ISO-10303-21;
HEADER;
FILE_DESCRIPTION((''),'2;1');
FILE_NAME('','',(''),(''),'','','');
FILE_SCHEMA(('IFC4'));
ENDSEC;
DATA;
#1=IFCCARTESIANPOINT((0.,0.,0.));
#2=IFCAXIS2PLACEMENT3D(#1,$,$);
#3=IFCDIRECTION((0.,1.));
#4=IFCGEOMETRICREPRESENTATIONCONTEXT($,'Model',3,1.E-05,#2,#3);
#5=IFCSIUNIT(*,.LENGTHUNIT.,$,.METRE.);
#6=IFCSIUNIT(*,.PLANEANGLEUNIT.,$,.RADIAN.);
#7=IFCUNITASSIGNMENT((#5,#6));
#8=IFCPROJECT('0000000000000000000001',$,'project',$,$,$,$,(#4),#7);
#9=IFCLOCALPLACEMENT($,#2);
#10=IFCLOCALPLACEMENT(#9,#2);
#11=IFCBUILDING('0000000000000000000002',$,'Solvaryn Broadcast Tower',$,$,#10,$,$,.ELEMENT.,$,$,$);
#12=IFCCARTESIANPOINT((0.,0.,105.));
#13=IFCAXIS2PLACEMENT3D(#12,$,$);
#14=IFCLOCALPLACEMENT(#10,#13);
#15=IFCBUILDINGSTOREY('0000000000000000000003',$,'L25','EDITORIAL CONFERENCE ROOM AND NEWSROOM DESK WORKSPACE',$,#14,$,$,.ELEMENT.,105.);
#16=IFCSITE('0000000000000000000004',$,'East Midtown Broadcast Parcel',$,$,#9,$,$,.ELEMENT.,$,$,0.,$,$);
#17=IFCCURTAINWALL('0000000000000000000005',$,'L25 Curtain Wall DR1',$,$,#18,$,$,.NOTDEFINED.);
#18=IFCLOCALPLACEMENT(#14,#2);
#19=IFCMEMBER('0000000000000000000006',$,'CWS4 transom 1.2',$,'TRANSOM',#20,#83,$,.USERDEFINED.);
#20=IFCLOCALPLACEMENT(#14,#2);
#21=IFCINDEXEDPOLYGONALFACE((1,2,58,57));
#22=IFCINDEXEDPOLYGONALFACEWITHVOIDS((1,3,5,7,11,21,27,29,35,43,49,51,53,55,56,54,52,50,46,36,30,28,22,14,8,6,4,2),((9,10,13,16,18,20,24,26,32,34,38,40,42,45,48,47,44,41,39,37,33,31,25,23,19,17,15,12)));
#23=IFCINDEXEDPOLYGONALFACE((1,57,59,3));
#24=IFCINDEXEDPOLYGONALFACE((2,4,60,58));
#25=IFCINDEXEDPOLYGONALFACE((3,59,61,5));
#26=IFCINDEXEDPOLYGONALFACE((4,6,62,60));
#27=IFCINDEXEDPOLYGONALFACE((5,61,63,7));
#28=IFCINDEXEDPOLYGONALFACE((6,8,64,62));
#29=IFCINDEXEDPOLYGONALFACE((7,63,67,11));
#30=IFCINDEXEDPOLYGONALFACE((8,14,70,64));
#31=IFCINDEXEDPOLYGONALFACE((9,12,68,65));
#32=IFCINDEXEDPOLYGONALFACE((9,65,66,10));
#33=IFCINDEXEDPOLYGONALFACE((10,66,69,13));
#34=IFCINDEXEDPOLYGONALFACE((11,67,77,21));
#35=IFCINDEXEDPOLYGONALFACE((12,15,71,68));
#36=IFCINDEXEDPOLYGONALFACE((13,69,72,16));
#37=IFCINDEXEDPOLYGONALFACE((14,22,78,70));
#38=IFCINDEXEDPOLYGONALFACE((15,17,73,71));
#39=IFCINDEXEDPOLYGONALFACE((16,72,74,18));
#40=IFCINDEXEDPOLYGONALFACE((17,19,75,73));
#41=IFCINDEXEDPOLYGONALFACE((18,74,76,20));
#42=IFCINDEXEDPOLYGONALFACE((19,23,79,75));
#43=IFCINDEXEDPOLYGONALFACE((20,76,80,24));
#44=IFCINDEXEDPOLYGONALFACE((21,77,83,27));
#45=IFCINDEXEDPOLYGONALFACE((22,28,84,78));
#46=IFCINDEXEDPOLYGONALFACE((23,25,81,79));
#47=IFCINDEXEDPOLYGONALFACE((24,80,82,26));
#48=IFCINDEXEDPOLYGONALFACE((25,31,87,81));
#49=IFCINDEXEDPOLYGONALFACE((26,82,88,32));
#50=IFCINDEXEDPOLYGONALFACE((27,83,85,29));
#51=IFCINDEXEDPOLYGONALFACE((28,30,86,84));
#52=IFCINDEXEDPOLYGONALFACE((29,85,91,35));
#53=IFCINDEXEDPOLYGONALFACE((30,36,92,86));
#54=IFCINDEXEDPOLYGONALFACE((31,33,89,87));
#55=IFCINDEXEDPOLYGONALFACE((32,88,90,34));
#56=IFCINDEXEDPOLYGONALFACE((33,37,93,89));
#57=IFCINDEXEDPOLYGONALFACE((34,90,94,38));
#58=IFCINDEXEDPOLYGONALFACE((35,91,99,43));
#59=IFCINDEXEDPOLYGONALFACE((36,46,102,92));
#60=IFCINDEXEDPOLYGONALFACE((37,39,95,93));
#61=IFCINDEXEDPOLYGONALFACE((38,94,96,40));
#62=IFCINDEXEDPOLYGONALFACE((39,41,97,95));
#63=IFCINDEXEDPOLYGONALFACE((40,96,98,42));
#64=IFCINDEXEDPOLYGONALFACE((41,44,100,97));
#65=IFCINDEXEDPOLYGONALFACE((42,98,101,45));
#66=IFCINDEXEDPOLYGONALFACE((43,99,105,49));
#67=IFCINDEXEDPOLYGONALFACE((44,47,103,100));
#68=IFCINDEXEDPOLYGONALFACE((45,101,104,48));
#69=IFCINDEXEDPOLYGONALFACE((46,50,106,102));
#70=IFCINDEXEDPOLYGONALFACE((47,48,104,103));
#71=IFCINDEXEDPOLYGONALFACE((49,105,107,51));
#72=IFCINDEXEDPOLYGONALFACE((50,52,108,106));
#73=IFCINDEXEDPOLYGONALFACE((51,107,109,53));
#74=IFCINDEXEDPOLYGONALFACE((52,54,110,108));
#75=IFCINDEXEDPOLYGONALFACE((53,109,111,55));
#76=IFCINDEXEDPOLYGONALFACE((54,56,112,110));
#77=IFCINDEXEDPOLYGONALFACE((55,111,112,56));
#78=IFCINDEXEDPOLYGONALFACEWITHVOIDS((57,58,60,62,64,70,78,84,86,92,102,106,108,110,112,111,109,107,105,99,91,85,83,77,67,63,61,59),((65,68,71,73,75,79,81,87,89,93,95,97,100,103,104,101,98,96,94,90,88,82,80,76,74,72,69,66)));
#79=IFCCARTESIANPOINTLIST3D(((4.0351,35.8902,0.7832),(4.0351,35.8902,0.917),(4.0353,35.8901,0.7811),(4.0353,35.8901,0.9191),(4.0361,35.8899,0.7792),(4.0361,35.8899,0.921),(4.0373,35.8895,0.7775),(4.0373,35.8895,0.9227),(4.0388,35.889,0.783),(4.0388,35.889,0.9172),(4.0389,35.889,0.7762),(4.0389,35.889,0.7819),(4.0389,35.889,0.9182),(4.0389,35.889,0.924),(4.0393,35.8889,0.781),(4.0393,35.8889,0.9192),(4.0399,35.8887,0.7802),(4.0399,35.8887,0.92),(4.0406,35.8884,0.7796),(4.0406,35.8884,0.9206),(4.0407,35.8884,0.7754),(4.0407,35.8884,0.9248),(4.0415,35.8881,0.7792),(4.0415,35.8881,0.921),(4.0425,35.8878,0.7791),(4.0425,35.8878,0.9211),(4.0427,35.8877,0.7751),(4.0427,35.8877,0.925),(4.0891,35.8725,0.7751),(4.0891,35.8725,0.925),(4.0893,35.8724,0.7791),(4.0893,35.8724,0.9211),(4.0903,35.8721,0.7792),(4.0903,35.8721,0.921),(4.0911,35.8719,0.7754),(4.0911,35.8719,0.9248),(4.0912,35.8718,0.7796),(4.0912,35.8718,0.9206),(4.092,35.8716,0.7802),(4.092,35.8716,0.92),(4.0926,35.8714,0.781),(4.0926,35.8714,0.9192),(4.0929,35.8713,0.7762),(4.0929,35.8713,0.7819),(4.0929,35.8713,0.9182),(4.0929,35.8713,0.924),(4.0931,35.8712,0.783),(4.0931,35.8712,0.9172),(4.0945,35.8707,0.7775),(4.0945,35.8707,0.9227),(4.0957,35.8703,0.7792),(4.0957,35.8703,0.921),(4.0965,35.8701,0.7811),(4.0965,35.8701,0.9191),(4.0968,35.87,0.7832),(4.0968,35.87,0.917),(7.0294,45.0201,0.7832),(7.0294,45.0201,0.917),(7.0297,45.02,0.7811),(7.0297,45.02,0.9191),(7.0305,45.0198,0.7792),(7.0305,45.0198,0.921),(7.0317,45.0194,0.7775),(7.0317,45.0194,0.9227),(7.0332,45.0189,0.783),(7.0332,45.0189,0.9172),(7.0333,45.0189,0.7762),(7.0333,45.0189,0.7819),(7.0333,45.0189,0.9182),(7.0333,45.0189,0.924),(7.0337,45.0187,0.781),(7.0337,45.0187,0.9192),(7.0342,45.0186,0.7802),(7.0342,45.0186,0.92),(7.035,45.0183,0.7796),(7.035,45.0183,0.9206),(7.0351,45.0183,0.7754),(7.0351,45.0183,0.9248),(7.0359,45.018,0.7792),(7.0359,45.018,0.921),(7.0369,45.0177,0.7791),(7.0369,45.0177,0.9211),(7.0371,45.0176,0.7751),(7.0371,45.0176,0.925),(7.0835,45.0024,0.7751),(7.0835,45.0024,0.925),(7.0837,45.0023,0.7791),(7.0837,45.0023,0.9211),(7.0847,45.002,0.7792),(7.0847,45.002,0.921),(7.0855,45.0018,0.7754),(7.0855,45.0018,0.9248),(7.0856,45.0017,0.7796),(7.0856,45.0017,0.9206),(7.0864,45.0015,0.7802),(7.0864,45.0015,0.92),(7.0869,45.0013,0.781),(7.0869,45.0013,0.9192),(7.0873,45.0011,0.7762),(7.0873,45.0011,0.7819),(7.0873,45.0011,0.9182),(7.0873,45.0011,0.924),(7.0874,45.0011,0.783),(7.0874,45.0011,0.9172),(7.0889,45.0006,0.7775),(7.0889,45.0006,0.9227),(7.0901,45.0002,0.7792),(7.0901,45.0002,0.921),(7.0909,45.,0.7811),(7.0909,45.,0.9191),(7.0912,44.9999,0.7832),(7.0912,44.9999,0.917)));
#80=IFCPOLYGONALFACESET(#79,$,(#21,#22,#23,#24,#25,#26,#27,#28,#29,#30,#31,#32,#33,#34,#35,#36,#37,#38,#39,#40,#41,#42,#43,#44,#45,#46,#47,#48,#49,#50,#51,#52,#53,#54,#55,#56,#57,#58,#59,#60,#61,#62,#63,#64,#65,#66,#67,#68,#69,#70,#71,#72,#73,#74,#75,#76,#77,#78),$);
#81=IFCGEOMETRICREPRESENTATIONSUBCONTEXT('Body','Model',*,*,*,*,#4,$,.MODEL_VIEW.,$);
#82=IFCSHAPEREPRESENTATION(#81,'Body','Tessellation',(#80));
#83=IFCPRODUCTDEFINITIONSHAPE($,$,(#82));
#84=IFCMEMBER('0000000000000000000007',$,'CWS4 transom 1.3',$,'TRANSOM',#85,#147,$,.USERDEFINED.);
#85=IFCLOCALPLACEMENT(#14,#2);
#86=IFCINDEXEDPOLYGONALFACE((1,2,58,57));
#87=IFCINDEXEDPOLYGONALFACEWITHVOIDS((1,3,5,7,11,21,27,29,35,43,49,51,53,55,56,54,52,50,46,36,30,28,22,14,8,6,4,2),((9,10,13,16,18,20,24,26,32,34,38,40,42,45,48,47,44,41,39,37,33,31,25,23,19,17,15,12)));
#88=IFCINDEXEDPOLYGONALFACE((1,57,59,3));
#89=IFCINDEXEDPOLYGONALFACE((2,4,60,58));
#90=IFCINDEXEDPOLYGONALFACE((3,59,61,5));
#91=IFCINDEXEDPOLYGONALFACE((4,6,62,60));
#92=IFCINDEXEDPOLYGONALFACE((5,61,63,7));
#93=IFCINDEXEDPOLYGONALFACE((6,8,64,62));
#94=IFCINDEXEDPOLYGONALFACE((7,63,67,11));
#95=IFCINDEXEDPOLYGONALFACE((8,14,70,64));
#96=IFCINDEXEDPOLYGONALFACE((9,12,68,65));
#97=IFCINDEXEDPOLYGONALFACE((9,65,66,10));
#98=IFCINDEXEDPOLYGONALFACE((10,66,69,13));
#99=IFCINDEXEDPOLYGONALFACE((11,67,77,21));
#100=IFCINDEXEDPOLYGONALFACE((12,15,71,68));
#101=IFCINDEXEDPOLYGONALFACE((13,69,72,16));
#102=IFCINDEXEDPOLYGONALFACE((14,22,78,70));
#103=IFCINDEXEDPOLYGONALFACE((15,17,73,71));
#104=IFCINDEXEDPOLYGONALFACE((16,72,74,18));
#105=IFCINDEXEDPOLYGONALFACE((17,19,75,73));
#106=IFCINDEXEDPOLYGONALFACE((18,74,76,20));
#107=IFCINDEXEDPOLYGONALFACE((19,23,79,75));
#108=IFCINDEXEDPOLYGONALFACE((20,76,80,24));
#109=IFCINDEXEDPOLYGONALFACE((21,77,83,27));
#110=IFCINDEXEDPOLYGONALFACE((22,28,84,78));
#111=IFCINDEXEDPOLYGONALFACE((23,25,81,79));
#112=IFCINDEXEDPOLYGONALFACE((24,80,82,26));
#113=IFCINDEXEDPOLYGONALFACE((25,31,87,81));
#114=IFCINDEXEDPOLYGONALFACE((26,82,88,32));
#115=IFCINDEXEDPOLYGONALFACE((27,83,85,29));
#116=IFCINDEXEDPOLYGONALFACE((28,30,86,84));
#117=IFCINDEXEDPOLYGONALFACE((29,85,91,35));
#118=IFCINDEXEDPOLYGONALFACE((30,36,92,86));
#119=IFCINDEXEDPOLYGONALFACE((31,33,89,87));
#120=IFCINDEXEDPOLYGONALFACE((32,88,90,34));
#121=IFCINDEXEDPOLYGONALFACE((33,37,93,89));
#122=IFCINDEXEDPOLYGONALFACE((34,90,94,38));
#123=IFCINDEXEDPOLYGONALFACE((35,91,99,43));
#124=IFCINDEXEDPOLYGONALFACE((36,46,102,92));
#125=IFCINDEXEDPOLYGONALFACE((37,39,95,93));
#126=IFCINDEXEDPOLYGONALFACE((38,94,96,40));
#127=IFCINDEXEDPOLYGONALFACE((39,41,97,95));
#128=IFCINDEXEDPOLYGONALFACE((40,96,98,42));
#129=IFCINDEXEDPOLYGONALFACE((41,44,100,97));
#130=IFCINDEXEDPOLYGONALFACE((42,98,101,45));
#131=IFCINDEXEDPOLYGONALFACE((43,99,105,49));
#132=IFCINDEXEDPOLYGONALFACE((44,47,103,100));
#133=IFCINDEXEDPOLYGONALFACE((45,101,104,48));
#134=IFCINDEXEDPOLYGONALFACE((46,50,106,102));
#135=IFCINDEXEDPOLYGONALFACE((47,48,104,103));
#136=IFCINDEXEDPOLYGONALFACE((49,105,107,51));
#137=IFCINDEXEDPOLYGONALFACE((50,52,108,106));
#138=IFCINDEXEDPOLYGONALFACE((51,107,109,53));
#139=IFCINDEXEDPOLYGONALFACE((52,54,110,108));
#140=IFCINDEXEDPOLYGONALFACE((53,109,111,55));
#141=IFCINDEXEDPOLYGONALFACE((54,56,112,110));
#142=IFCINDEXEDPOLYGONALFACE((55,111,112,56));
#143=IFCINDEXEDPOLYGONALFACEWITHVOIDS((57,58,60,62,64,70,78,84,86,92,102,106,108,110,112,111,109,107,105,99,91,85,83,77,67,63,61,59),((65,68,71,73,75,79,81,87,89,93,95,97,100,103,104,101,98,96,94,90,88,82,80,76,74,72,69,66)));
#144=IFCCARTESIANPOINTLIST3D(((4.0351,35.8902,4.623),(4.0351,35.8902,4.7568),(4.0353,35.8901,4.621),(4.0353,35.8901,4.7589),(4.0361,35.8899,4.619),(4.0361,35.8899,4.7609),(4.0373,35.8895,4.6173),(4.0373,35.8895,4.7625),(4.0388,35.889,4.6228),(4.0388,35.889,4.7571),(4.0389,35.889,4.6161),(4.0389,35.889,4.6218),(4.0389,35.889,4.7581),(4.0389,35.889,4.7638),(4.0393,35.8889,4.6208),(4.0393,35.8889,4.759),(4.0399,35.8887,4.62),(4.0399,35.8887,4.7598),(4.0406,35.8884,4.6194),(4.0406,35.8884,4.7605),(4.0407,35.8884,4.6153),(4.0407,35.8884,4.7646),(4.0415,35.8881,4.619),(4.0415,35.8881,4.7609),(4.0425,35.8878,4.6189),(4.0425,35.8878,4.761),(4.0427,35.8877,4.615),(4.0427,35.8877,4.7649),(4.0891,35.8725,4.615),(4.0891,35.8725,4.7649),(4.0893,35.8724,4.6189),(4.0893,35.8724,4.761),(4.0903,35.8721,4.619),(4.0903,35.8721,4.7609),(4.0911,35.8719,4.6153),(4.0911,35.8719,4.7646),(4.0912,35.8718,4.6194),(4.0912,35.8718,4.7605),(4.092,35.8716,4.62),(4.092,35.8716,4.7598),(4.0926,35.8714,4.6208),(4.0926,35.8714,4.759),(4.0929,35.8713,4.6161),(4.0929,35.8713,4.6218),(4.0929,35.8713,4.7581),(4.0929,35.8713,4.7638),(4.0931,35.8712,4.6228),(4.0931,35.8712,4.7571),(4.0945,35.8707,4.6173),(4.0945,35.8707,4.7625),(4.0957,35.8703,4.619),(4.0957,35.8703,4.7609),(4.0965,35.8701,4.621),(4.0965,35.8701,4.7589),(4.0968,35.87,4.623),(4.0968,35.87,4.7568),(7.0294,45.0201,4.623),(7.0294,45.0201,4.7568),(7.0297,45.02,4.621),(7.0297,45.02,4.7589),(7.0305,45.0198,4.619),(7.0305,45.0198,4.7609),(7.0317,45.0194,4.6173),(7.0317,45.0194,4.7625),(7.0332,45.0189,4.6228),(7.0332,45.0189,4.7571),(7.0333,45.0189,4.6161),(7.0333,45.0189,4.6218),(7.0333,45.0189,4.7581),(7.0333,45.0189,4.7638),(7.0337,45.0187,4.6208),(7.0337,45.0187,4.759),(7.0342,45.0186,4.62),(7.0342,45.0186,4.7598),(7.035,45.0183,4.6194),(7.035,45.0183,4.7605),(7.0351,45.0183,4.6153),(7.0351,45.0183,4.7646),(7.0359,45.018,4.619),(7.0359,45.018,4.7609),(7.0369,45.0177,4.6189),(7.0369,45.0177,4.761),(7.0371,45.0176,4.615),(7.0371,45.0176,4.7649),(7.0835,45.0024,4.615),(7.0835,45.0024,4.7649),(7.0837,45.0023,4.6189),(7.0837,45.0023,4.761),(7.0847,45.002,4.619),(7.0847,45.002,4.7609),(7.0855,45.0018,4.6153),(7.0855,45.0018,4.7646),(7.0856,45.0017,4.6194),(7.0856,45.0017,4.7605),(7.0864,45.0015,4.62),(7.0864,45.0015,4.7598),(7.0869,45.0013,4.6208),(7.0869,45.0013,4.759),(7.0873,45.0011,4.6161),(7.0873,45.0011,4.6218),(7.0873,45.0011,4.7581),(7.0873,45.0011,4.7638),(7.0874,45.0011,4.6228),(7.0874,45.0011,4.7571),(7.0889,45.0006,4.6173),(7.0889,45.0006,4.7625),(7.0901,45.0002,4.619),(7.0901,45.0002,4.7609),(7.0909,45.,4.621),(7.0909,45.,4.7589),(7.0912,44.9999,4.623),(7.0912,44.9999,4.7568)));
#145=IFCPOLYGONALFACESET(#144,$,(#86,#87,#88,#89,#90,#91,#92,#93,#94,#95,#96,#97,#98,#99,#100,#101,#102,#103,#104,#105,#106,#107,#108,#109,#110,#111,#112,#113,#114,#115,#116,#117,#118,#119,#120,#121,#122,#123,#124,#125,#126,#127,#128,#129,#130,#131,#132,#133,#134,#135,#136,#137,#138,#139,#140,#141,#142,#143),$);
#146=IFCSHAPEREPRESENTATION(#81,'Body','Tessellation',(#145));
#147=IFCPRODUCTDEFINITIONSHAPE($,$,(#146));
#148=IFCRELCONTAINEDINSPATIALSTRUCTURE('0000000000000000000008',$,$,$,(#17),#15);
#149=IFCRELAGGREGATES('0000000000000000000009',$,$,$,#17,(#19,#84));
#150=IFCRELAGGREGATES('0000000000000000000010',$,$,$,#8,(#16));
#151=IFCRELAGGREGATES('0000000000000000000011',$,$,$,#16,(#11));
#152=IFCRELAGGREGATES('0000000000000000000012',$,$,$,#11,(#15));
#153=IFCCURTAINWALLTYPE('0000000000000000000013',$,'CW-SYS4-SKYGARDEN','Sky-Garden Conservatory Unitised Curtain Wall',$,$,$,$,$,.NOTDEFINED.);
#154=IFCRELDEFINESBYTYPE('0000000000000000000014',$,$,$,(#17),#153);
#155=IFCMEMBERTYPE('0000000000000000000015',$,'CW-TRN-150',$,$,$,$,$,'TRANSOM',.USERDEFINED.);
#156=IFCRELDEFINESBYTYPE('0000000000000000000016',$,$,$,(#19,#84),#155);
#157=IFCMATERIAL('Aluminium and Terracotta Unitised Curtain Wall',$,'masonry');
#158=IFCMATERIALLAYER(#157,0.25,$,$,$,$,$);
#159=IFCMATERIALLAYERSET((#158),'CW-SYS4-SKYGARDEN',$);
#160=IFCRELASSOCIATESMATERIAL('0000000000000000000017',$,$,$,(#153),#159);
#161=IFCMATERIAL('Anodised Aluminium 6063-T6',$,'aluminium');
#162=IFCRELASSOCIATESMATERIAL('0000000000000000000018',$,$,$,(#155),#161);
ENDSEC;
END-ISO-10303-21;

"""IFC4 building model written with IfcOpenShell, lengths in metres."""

from ifc_helpers import new_model, si_unit, direction, frame, origin, origin_2d, place, context, subcontext, project, spatial, hollow_rectangle, extrude, material, layer, layer_set, material_profile, profile_set, type_object, element, aggregate, save


model = new_model("IFC4")

# Units and contexts
model_context = context("Model", 3, precision=1e-05, world=origin(), true_north=direction((0.0, 1.0)))
body_context = subcontext(model_context, "Body", "Model", "MODEL_VIEW")
ifc_project = project(units=[si_unit("LENGTHUNIT", "METRE"), si_unit("PLANEANGLEUNIT", "RADIAN")], contexts=[model_context])

# Site, building, storey
site_placement = place(None, origin())
site = spatial("IfcSite", under=ifc_project, at=site_placement, Name="East Midtown Broadcast Parcel", CompositionType="ELEMENT", RefElevation=0.0)
building_placement = place(site_placement, origin())
building = spatial("IfcBuilding", under=site, at=building_placement, Name="Solvaryn Broadcast Tower", CompositionType="ELEMENT")
storey_placement = place(building_placement, frame((0.0, 0.0, 105.0)))
storey = spatial("IfcBuildingStorey", under=building, at=storey_placement, Name="L25", Description="EDITORIAL CONFERENCE ROOM AND NEWSROOM DESK WORKSPACE", CompositionType="ELEMENT", Elevation=105.0)

# Curtain wall
ifc_material_1 = material(Name="Aluminium and Terracotta Unitised Curtain Wall", Category="masonry")
ifc_layer_1 = layer(ifc_material_1, 0.25)
ifc_layer_set_1 = layer_set([ifc_layer_1], Name="CW-SYS4-SKYGARDEN")
curtain_wall_type = type_object("IfcCurtainWallType", Name="CW-SYS4-SKYGARDEN", Description="Sky-Garden Conservatory Unitised Curtain Wall", PredefinedType="NOTDEFINED", material=ifc_layer_set_1)
curtain_wall_1_placement = place(storey_placement, origin())
curtain_wall_1 = element("IfcCurtainWall", 1, at=curtain_wall_1_placement, inside=storey, type_object=curtain_wall_type, Name="L25 Curtain Wall DR1", PredefinedType="NOTDEFINED")

# Members
ifc_material_2 = material(Name="Anodised Aluminium 6063-T6", Category="aluminium")
ifc_material_profile_1 = material_profile(ifc_material_2, hollow_rectangle(XDim=0.0649, YDim=0.1499, WallThickness=0.0039, InnerFilletRadius=0.0039, OuterFilletRadius=0.0081, at=origin_2d()))
ifc_profile_set_1 = profile_set([ifc_material_profile_1], Name="Anodised Aluminium 6063-T6")
member_type_1 = type_object("IfcMemberType", Name="CW-TRN-150", ElementType="TRANSOM", PredefinedType="USERDEFINED", material=ifc_profile_set_1)
member_1_placement = place(storey_placement, frame((7.0603, 45.01, 0.8501), z_axis=(-0.311643, -0.950199, 0.0), x_axis=(0.950199, -0.311643, 0.0)))
member_1 = element("IfcMember", 2, at=member_1_placement, type_object=member_type_1, Name="CWS4 transom 1.2", ObjectType="TRANSOM", PredefinedType="USERDEFINED", context=body_context, shape_type="SweptSolid", body=[
    extrude(hollow_rectangle(XDim=0.0649, YDim=0.1499, WallThickness=0.0039, InnerFilletRadius=0.0039, OuterFilletRadius=0.0081, at=origin_2d()), origin(), (0.0, 0.0, 1.0), 9.6084),
])
member_2_placement = place(storey_placement, frame((7.0603, 45.01, 4.6899), z_axis=(-0.311643, -0.950199, 0.0), x_axis=(0.950199, -0.311643, 0.0)))
member_2 = element("IfcMember", 3, at=member_2_placement, type_object=member_type_1, Name="CWS4 transom 1.3", ObjectType="TRANSOM", PredefinedType="USERDEFINED", context=body_context, shape_type="SweptSolid", body=[
    extrude(hollow_rectangle(XDim=0.0649, YDim=0.1499, WallThickness=0.0039, InnerFilletRadius=0.0039, OuterFilletRadius=0.0081, at=origin_2d()), origin(), (0.0, 0.0, 1.0), 9.6084),
])

aggregate(curtain_wall_1, [member_1, member_2])

save(model, "model.ifc")
